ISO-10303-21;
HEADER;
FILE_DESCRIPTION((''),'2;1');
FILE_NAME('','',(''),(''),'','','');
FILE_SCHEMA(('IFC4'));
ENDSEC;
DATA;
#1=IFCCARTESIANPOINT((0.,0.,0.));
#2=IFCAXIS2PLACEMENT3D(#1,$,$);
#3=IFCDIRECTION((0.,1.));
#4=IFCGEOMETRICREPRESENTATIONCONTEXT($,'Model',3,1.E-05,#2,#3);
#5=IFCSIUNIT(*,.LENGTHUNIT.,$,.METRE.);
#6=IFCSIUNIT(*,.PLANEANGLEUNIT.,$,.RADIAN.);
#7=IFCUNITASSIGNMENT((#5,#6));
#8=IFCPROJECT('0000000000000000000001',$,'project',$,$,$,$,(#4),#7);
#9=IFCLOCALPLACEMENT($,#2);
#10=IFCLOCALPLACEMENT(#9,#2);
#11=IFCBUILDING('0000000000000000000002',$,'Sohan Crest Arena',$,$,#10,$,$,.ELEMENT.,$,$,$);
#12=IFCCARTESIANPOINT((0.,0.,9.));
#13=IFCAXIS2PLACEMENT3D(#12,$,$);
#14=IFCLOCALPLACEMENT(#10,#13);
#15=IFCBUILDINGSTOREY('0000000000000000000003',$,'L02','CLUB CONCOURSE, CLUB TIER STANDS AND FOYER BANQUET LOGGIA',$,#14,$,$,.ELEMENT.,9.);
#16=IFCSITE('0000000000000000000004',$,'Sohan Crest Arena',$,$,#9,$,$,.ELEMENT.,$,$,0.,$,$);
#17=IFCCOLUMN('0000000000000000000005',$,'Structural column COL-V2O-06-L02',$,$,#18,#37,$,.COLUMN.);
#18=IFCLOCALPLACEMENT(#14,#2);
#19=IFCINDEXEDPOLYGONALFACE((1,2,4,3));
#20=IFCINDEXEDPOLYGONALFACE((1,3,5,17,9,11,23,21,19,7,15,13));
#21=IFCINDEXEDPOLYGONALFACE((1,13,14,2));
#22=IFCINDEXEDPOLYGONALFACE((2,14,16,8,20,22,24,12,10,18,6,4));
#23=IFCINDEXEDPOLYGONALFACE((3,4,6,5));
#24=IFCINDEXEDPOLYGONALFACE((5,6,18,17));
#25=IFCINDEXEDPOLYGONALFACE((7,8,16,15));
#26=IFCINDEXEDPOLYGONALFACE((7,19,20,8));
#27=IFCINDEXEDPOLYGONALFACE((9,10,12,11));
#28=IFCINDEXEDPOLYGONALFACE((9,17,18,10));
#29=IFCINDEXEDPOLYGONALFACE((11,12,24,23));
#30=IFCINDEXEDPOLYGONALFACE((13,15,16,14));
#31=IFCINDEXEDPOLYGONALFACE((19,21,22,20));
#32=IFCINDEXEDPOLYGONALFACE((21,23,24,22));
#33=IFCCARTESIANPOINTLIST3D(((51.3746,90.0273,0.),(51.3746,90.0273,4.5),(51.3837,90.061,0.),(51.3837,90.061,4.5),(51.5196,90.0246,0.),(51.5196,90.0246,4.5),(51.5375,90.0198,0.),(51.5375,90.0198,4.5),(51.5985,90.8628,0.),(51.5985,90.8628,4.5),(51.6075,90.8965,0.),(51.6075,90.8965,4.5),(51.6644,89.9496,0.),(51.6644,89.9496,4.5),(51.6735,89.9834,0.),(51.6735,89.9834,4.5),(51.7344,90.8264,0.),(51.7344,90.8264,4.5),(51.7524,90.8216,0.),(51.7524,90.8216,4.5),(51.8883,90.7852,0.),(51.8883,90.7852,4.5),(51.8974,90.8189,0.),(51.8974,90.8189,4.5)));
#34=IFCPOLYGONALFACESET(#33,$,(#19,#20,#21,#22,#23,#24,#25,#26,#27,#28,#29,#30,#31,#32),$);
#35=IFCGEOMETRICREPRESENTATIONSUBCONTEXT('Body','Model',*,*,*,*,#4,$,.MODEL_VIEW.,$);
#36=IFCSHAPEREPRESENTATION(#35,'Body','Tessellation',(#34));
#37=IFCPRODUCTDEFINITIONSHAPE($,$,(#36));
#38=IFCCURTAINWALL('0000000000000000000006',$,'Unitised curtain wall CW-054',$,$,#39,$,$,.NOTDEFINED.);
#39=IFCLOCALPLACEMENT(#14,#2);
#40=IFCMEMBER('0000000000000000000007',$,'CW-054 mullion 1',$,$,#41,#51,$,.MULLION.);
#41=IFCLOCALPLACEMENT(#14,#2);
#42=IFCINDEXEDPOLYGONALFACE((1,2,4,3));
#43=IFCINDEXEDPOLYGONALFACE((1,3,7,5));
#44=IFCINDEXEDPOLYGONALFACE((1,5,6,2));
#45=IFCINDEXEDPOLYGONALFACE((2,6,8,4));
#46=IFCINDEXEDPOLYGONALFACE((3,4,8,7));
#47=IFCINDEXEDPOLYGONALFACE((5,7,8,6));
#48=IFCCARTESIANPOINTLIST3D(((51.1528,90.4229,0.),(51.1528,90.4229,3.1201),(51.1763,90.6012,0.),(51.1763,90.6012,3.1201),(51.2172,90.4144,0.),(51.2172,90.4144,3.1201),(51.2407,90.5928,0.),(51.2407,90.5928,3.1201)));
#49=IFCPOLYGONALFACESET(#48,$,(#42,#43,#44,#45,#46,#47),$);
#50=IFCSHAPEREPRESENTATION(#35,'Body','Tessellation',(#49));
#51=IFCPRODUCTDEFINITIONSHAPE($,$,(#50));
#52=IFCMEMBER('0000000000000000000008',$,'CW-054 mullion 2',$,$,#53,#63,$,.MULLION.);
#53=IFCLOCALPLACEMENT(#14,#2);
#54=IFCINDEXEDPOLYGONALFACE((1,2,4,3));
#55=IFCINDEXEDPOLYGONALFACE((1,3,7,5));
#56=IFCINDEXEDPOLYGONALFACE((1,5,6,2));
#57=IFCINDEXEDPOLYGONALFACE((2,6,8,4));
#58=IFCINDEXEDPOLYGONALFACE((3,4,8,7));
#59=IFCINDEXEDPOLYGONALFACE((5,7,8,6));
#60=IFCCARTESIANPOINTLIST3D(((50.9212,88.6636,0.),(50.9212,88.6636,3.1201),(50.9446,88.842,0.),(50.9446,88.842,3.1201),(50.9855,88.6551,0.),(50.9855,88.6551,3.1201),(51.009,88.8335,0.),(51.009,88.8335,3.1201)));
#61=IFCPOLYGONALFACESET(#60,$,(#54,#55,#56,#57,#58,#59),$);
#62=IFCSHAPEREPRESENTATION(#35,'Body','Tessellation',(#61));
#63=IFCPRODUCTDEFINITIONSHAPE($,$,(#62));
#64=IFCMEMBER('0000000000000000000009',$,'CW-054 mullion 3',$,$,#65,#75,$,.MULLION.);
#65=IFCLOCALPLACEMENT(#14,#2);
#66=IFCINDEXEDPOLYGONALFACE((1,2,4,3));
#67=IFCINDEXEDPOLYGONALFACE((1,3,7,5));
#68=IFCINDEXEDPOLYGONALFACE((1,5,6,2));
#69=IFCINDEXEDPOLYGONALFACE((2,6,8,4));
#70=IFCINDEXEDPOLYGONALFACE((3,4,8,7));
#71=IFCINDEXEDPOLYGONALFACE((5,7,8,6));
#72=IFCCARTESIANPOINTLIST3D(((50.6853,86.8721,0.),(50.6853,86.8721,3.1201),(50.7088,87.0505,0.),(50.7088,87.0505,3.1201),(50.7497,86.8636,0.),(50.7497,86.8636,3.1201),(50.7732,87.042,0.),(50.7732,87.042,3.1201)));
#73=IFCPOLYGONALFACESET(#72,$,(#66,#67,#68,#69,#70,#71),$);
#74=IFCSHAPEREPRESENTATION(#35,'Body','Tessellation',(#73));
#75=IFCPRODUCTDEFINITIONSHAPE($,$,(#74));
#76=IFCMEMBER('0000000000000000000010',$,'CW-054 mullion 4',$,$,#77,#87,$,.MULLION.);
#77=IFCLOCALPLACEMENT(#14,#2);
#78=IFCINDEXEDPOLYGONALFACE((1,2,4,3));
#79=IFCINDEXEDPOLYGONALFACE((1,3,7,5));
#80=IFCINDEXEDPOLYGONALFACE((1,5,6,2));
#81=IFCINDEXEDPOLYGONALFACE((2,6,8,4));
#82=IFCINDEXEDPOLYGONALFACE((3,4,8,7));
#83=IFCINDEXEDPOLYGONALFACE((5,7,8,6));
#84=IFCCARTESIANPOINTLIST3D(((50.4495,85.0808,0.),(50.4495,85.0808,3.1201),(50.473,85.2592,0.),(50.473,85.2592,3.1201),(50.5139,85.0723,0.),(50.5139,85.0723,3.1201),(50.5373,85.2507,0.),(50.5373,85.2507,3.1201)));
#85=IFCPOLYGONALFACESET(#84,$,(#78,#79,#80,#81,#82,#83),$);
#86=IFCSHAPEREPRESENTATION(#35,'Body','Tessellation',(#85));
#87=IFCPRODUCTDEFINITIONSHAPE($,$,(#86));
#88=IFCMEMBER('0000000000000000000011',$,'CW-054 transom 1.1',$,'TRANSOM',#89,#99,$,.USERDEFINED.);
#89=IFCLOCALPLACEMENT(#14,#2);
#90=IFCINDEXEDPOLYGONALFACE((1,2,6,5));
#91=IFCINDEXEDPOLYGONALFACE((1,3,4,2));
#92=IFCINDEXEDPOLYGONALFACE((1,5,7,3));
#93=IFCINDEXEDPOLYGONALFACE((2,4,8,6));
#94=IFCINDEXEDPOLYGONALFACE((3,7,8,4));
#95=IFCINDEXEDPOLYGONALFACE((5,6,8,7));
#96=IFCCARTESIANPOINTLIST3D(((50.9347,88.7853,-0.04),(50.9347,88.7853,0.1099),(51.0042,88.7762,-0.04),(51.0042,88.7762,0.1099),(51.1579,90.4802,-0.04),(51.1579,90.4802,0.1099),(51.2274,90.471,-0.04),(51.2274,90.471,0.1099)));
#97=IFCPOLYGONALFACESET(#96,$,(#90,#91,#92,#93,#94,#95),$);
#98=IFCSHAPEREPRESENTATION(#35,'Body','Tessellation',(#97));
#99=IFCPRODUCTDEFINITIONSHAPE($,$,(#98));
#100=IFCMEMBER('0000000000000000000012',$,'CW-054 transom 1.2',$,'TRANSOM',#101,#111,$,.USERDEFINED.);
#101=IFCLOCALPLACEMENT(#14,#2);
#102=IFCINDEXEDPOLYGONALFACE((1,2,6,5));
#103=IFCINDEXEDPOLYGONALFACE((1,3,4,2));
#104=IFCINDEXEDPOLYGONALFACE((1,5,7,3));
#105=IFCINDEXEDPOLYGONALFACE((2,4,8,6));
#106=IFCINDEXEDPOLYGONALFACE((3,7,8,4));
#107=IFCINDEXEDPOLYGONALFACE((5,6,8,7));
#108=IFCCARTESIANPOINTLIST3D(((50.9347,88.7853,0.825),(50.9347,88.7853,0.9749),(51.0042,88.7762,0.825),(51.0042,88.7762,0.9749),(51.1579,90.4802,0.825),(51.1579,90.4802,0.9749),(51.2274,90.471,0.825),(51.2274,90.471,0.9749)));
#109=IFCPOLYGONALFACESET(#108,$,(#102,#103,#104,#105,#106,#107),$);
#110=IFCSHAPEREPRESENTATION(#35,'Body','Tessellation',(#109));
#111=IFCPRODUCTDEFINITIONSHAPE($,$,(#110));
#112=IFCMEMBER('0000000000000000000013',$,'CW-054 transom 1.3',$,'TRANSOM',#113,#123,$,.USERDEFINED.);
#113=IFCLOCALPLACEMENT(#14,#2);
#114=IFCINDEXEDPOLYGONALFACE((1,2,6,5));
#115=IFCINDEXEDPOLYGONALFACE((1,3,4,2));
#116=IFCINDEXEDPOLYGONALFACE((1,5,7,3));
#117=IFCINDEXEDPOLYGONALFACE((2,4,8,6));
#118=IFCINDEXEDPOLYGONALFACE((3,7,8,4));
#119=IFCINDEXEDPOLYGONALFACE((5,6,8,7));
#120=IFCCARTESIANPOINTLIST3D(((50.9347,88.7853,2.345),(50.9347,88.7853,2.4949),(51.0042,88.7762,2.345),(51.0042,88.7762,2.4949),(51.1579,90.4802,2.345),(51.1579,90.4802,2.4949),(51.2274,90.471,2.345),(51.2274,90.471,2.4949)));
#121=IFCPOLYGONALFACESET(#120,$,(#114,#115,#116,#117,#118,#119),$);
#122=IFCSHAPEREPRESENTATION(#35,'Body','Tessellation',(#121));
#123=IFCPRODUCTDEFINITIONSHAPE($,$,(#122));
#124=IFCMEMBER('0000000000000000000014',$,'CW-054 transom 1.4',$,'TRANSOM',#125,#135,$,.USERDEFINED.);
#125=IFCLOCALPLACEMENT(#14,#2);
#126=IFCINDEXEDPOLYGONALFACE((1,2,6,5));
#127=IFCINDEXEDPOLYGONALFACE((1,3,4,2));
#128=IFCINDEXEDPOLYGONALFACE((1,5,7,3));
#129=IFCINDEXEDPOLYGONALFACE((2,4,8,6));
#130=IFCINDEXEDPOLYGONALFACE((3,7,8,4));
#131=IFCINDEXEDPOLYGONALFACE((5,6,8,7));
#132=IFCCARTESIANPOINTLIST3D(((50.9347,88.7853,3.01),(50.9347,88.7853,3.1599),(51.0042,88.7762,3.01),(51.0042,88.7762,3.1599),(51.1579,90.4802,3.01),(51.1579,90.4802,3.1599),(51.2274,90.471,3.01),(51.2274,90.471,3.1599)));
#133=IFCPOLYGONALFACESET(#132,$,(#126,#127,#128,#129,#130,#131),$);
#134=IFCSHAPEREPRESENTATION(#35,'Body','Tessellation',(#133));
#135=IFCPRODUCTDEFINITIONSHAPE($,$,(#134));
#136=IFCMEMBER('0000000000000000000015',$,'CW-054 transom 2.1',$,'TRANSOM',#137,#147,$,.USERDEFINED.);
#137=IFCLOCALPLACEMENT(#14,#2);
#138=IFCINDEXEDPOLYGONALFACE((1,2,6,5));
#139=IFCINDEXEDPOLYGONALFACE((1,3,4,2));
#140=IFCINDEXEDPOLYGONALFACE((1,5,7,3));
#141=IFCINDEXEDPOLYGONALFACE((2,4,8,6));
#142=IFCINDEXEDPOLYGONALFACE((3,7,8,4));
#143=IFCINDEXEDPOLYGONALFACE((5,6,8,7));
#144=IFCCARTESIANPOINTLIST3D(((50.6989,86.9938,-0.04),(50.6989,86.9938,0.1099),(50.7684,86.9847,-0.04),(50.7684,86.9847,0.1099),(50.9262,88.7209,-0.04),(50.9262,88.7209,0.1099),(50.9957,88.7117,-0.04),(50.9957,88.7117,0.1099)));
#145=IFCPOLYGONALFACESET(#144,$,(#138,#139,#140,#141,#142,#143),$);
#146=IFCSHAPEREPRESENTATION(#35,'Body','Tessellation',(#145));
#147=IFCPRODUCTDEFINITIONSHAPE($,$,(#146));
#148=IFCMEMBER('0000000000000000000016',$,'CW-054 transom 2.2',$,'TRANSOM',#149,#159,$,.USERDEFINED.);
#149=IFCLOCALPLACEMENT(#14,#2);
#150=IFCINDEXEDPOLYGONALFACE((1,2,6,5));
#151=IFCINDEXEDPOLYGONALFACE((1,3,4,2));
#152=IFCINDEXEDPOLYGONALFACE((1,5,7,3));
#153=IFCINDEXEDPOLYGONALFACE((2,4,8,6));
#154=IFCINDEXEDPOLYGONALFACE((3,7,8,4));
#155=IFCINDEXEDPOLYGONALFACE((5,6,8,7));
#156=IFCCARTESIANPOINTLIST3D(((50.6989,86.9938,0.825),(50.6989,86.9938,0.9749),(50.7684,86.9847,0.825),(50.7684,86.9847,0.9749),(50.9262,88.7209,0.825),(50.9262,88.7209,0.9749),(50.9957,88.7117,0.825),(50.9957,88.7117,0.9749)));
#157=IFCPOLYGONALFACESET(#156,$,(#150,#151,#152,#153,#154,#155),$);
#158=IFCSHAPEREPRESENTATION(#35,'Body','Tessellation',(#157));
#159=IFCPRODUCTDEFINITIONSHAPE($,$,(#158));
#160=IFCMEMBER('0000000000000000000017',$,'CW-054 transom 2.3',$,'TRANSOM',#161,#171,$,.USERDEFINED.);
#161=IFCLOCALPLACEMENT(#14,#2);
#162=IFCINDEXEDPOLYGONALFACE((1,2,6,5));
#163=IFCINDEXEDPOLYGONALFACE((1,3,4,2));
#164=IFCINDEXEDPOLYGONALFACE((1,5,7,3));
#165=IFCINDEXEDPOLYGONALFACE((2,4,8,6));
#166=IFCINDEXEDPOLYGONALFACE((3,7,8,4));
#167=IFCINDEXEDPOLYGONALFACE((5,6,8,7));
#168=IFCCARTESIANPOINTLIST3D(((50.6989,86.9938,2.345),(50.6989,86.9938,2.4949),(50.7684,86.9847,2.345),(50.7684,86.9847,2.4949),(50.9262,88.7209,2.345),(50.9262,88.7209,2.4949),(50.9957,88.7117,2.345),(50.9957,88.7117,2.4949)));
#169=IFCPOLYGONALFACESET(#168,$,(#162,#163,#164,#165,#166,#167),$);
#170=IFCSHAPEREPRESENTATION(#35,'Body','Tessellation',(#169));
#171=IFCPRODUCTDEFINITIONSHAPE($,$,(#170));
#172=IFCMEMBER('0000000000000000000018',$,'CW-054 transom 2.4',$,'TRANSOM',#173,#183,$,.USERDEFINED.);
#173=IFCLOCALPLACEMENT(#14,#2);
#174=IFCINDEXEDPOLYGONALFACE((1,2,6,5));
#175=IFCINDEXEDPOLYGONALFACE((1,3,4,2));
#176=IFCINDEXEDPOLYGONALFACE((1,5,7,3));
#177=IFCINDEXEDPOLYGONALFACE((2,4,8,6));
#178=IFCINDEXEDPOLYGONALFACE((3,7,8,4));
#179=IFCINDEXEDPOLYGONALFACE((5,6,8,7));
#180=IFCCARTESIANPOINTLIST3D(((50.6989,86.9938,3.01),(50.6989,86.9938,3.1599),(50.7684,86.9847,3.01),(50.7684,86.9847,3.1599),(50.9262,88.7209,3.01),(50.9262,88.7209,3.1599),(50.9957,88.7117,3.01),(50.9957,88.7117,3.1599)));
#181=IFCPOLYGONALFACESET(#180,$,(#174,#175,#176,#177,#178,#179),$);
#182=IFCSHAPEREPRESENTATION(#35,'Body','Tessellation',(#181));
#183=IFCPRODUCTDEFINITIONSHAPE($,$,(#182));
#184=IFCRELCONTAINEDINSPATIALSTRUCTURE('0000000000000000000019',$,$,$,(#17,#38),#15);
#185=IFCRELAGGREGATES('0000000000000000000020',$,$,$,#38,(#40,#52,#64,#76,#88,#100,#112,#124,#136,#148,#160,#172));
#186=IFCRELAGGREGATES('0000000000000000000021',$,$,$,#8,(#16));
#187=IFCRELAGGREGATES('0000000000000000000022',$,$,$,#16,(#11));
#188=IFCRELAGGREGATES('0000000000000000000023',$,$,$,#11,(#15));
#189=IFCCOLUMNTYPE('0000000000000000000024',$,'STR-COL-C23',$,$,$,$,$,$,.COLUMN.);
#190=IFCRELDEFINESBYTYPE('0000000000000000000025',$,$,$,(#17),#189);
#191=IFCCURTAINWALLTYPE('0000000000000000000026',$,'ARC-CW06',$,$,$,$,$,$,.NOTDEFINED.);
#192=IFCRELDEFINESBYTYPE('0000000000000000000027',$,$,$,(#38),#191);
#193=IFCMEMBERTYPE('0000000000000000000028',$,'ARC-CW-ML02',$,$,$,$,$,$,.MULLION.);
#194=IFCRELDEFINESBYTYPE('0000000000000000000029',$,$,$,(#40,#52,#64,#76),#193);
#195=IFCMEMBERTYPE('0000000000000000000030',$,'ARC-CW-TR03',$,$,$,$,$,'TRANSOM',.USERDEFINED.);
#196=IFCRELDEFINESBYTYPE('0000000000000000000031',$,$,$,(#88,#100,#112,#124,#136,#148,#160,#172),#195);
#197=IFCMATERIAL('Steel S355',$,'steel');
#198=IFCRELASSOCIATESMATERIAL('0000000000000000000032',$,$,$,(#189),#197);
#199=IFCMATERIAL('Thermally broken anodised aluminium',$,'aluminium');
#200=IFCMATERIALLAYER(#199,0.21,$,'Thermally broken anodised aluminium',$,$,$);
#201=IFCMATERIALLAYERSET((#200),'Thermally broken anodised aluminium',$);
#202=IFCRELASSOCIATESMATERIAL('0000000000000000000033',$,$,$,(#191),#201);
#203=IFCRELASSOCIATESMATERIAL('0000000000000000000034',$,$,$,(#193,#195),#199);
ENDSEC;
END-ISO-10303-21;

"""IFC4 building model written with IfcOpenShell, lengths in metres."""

from ifc_helpers import new_model, si_unit, direction, frame, origin, origin_2d, place, context, subcontext, project, spatial, rectangle, i_section, extrude, material, layer, layer_set, material_profile, profile_set, type_object, element, aggregate, save


model = new_model("IFC4")

# Units and contexts
model_context = context("Model", 3, precision=1e-05, world=origin(), true_north=direction((0.0, 1.0)))
body_context = subcontext(model_context, "Body", "Model", "MODEL_VIEW")
ifc_project = project(units=[si_unit("LENGTHUNIT", "METRE"), si_unit("PLANEANGLEUNIT", "RADIAN")], contexts=[model_context])

# Site, building, storey
site_placement = place(None, origin())
site = spatial("IfcSite", under=ifc_project, at=site_placement, Name="Sohan Crest Arena", CompositionType="ELEMENT", RefElevation=0.0)
building_placement = place(site_placement, origin())
building = spatial("IfcBuilding", under=site, at=building_placement, Name="Sohan Crest Arena", CompositionType="ELEMENT")
storey_placement = place(building_placement, frame((0.0, 0.0, 9.0)))
storey = spatial("IfcBuildingStorey", under=building, at=storey_placement, Name="L02", Description="CLUB CONCOURSE, CLUB TIER STANDS AND FOYER BANQUET LOGGIA", CompositionType="ELEMENT", Elevation=9.0)

# Column
ifc_material_1 = material(Name="Steel S355", Category="steel")
ifc_material_profile_1 = material_profile(ifc_material_1, i_section(OverallWidth=0.3, OverallDepth=0.8999, WebThickness=0.0186, FlangeThickness=0.0349, at=origin_2d()), Name="HEB 900")
ifc_profile_set_1 = profile_set([ifc_material_profile_1], Name="Steel S355")
column_type = type_object("IfcColumnType", Name="STR-COL-C23", PredefinedType="COLUMN", material=ifc_profile_set_1)
column_placement = place(storey_placement, frame((51.636, 90.4231, 0.0), z_axis=(0.0, 0.0, 1.0), x_axis=(-0.965926, 0.258819, 0.0)))
element("IfcColumn", 1, at=column_placement, inside=storey, type_object=column_type, Name="Structural column COL-V2O-06-L02", PredefinedType="COLUMN", context=body_context, shape_type="SweptSolid", body=[
    extrude(i_section(OverallWidth=0.3, OverallDepth=0.8999, WebThickness=0.0186, FlangeThickness=0.0349, at=origin_2d()), origin(), (0.0, 0.0, 1.0), 4.5),
])

# Curtain wall, members
ifc_material_2 = material(Name="Thermally broken anodised aluminium", Category="aluminium")
ifc_layer_1 = layer(ifc_material_2, 0.21, Name="Thermally broken anodised aluminium")
ifc_layer_set_1 = layer_set([ifc_layer_1], Name="Thermally broken anodised aluminium")
curtain_wall_type = type_object("IfcCurtainWallType", Name="ARC-CW06", PredefinedType="NOTDEFINED", material=ifc_layer_set_1)
curtain_wall_placement = place(storey_placement, origin())
curtain_wall = element("IfcCurtainWall", 2, at=curtain_wall_placement, inside=storey, type_object=curtain_wall_type, Name="Unitised curtain wall CW-054", PredefinedType="NOTDEFINED")
ifc_material_profile_2 = material_profile(ifc_material_2, rectangle(XDim=0.0649, YDim=0.1799, at=origin_2d()), Name="ALU-MULL 65x180")
ifc_profile_set_2 = profile_set([ifc_material_profile_2], Name="Thermally broken anodised aluminium")
member_type_1 = type_object("IfcMemberType", Name="ARC-CW-ML02", PredefinedType="MULLION", material=ifc_profile_set_2)
member_1_placement = place(storey_placement, frame((51.1968, 90.5078, 0.0), z_axis=(0.0, 0.0, 1.0), x_axis=(0.991444, -0.130532, 0.0)))
member_1 = element("IfcMember", 3, at=member_1_placement, type_object=member_type_1, Name="CW-054 mullion 1", PredefinedType="MULLION", context=body_context, shape_type="SweptSolid", body=[
    extrude(rectangle(XDim=0.0649, YDim=0.1799, at=origin_2d()), origin(), (0.0, 0.0, 1.0), 3.1201),
])
member_2_placement = place(storey_placement, frame((50.9651, 88.7485, 0.0), z_axis=(0.0, 0.0, 1.0), x_axis=(0.991444, -0.130532, 0.0)))
member_2 = element("IfcMember", 4, at=member_2_placement, type_object=member_type_1, Name="CW-054 mullion 2", PredefinedType="MULLION", context=body_context, shape_type="SweptSolid", body=[
    extrude(rectangle(XDim=0.0649, YDim=0.1799, at=origin_2d()), origin(), (0.0, 0.0, 1.0), 3.1201),
])
member_3_placement = place(storey_placement, frame((50.7292, 86.957, 0.0), z_axis=(0.0, 0.0, 1.0), x_axis=(0.991444, -0.130532, 0.0)))
member_3 = element("IfcMember", 5, at=member_3_placement, type_object=member_type_1, Name="CW-054 mullion 3", PredefinedType="MULLION", context=body_context, shape_type="SweptSolid", body=[
    extrude(rectangle(XDim=0.0649, YDim=0.1799, at=origin_2d()), origin(), (0.0, 0.0, 1.0), 3.1201),
])
member_4_placement = place(storey_placement, frame((50.4934, 85.1658, 0.0), z_axis=(0.0, 0.0, 1.0), x_axis=(0.991444, -0.130532, 0.0)))
member_4 = element("IfcMember", 6, at=member_4_placement, type_object=member_type_1, Name="CW-054 mullion 4", PredefinedType="MULLION", context=body_context, shape_type="SweptSolid", body=[
    extrude(rectangle(XDim=0.0649, YDim=0.1799, at=origin_2d()), origin(), (0.0, 0.0, 1.0), 3.1201),
])
ifc_material_profile_3 = material_profile(ifc_material_2, rectangle(XDim=0.0701, YDim=0.1499, at=origin_2d()), Name="ALU-TRAN 70x150")
ifc_profile_set_3 = profile_set([ifc_material_profile_3], Name="Thermally broken anodised aluminium")
member_type_2 = type_object("IfcMemberType", Name="ARC-CW-TR03", ElementType="TRANSOM", PredefinedType="USERDEFINED", material=ifc_profile_set_3)
member_5_placement = place(storey_placement, frame((51.1926, 90.4756, 0.0349), z_axis=(-0.130536, -0.991444, 0.0), x_axis=(0.991444, -0.130536, 0.0)))
member_5 = element("IfcMember", 7, at=member_5_placement, type_object=member_type_2, Name="CW-054 transom 1.1", ObjectType="TRANSOM", PredefinedType="USERDEFINED", context=body_context, shape_type="SweptSolid", body=[
    extrude(rectangle(XDim=0.0701, YDim=0.1499, at=origin_2d()), origin(), (0.0, 0.0, 1.0), 1.7095),
])
member_6_placement = place(storey_placement, frame((51.1926, 90.4756, 0.8999), z_axis=(-0.130536, -0.991444, 0.0), x_axis=(0.991444, -0.130536, 0.0)))
member_6 = element("IfcMember", 8, at=member_6_placement, type_object=member_type_2, Name="CW-054 transom 1.2", ObjectType="TRANSOM", PredefinedType="USERDEFINED", context=body_context, shape_type="SweptSolid", body=[
    extrude(rectangle(XDim=0.0701, YDim=0.1499, at=origin_2d()), origin(), (0.0, 0.0, 1.0), 1.7095),
])
member_7_placement = place(storey_placement, frame((51.1926, 90.4756, 2.4199), z_axis=(-0.130536, -0.991444, 0.0), x_axis=(0.991444, -0.130536, 0.0)))
member_7 = element("IfcMember", 9, at=member_7_placement, type_object=member_type_2, Name="CW-054 transom 1.3", ObjectType="TRANSOM", PredefinedType="USERDEFINED", context=body_context, shape_type="SweptSolid", body=[
    extrude(rectangle(XDim=0.0701, YDim=0.1499, at=origin_2d()), origin(), (0.0, 0.0, 1.0), 1.7095),
])
member_8_placement = place(storey_placement, frame((51.1926, 90.4756, 3.085), z_axis=(-0.130536, -0.991444, 0.0), x_axis=(0.991444, -0.130536, 0.0)))
member_8 = element("IfcMember", 10, at=member_8_placement, type_object=member_type_2, Name="CW-054 transom 1.4", ObjectType="TRANSOM", PredefinedType="USERDEFINED", context=body_context, shape_type="SweptSolid", body=[
    extrude(rectangle(XDim=0.0701, YDim=0.1499, at=origin_2d()), origin(), (0.0, 0.0, 1.0), 1.7095),
])
member_9_placement = place(storey_placement, frame((50.9609, 88.7163, 0.0349), z_axis=(-0.130484, -0.99145, 0.0), x_axis=(0.99145, -0.130484, 0.0)))
member_9 = element("IfcMember", 11, at=member_9_placement, type_object=member_type_2, Name="CW-054 transom 2.1", ObjectType="TRANSOM", PredefinedType="USERDEFINED", context=body_context, shape_type="SweptSolid", body=[
    extrude(rectangle(XDim=0.0701, YDim=0.1499, at=origin_2d()), origin(), (0.0, 0.0, 1.0), 1.7419),
])
member_10_placement = place(storey_placement, frame((50.9609, 88.7163, 0.8999), z_axis=(-0.130484, -0.99145, 0.0), x_axis=(0.99145, -0.130484, 0.0)))
member_10 = element("IfcMember", 12, at=member_10_placement, type_object=member_type_2, Name="CW-054 transom 2.2", ObjectType="TRANSOM", PredefinedType="USERDEFINED", context=body_context, shape_type="SweptSolid", body=[
    extrude(rectangle(XDim=0.0701, YDim=0.1499, at=origin_2d()), origin(), (0.0, 0.0, 1.0), 1.7419),
])
member_11_placement = place(storey_placement, frame((50.9609, 88.7163, 2.4199), z_axis=(-0.130484, -0.99145, 0.0), x_axis=(0.99145, -0.130484, 0.0)))
member_11 = element("IfcMember", 13, at=member_11_placement, type_object=member_type_2, Name="CW-054 transom 2.3", ObjectType="TRANSOM", PredefinedType="USERDEFINED", context=body_context, shape_type="SweptSolid", body=[
    extrude(rectangle(XDim=0.0701, YDim=0.1499, at=origin_2d()), origin(), (0.0, 0.0, 1.0), 1.7419),
])
member_12_placement = place(storey_placement, frame((50.9609, 88.7163, 3.085), z_axis=(-0.130484, -0.99145, 0.0), x_axis=(0.99145, -0.130484, 0.0)))
member_12 = element("IfcMember", 14, at=member_12_placement, type_object=member_type_2, Name="CW-054 transom 2.4", ObjectType="TRANSOM", PredefinedType="USERDEFINED", context=body_context, shape_type="SweptSolid", body=[
    extrude(rectangle(XDim=0.0701, YDim=0.1499, at=origin_2d()), origin(), (0.0, 0.0, 1.0), 1.7419),
])

aggregate(curtain_wall, [member_1, member_2, member_3, member_4, member_5, member_6, member_7, member_8, member_9, member_10, member_11, member_12])

save(model, "model.ifc")
